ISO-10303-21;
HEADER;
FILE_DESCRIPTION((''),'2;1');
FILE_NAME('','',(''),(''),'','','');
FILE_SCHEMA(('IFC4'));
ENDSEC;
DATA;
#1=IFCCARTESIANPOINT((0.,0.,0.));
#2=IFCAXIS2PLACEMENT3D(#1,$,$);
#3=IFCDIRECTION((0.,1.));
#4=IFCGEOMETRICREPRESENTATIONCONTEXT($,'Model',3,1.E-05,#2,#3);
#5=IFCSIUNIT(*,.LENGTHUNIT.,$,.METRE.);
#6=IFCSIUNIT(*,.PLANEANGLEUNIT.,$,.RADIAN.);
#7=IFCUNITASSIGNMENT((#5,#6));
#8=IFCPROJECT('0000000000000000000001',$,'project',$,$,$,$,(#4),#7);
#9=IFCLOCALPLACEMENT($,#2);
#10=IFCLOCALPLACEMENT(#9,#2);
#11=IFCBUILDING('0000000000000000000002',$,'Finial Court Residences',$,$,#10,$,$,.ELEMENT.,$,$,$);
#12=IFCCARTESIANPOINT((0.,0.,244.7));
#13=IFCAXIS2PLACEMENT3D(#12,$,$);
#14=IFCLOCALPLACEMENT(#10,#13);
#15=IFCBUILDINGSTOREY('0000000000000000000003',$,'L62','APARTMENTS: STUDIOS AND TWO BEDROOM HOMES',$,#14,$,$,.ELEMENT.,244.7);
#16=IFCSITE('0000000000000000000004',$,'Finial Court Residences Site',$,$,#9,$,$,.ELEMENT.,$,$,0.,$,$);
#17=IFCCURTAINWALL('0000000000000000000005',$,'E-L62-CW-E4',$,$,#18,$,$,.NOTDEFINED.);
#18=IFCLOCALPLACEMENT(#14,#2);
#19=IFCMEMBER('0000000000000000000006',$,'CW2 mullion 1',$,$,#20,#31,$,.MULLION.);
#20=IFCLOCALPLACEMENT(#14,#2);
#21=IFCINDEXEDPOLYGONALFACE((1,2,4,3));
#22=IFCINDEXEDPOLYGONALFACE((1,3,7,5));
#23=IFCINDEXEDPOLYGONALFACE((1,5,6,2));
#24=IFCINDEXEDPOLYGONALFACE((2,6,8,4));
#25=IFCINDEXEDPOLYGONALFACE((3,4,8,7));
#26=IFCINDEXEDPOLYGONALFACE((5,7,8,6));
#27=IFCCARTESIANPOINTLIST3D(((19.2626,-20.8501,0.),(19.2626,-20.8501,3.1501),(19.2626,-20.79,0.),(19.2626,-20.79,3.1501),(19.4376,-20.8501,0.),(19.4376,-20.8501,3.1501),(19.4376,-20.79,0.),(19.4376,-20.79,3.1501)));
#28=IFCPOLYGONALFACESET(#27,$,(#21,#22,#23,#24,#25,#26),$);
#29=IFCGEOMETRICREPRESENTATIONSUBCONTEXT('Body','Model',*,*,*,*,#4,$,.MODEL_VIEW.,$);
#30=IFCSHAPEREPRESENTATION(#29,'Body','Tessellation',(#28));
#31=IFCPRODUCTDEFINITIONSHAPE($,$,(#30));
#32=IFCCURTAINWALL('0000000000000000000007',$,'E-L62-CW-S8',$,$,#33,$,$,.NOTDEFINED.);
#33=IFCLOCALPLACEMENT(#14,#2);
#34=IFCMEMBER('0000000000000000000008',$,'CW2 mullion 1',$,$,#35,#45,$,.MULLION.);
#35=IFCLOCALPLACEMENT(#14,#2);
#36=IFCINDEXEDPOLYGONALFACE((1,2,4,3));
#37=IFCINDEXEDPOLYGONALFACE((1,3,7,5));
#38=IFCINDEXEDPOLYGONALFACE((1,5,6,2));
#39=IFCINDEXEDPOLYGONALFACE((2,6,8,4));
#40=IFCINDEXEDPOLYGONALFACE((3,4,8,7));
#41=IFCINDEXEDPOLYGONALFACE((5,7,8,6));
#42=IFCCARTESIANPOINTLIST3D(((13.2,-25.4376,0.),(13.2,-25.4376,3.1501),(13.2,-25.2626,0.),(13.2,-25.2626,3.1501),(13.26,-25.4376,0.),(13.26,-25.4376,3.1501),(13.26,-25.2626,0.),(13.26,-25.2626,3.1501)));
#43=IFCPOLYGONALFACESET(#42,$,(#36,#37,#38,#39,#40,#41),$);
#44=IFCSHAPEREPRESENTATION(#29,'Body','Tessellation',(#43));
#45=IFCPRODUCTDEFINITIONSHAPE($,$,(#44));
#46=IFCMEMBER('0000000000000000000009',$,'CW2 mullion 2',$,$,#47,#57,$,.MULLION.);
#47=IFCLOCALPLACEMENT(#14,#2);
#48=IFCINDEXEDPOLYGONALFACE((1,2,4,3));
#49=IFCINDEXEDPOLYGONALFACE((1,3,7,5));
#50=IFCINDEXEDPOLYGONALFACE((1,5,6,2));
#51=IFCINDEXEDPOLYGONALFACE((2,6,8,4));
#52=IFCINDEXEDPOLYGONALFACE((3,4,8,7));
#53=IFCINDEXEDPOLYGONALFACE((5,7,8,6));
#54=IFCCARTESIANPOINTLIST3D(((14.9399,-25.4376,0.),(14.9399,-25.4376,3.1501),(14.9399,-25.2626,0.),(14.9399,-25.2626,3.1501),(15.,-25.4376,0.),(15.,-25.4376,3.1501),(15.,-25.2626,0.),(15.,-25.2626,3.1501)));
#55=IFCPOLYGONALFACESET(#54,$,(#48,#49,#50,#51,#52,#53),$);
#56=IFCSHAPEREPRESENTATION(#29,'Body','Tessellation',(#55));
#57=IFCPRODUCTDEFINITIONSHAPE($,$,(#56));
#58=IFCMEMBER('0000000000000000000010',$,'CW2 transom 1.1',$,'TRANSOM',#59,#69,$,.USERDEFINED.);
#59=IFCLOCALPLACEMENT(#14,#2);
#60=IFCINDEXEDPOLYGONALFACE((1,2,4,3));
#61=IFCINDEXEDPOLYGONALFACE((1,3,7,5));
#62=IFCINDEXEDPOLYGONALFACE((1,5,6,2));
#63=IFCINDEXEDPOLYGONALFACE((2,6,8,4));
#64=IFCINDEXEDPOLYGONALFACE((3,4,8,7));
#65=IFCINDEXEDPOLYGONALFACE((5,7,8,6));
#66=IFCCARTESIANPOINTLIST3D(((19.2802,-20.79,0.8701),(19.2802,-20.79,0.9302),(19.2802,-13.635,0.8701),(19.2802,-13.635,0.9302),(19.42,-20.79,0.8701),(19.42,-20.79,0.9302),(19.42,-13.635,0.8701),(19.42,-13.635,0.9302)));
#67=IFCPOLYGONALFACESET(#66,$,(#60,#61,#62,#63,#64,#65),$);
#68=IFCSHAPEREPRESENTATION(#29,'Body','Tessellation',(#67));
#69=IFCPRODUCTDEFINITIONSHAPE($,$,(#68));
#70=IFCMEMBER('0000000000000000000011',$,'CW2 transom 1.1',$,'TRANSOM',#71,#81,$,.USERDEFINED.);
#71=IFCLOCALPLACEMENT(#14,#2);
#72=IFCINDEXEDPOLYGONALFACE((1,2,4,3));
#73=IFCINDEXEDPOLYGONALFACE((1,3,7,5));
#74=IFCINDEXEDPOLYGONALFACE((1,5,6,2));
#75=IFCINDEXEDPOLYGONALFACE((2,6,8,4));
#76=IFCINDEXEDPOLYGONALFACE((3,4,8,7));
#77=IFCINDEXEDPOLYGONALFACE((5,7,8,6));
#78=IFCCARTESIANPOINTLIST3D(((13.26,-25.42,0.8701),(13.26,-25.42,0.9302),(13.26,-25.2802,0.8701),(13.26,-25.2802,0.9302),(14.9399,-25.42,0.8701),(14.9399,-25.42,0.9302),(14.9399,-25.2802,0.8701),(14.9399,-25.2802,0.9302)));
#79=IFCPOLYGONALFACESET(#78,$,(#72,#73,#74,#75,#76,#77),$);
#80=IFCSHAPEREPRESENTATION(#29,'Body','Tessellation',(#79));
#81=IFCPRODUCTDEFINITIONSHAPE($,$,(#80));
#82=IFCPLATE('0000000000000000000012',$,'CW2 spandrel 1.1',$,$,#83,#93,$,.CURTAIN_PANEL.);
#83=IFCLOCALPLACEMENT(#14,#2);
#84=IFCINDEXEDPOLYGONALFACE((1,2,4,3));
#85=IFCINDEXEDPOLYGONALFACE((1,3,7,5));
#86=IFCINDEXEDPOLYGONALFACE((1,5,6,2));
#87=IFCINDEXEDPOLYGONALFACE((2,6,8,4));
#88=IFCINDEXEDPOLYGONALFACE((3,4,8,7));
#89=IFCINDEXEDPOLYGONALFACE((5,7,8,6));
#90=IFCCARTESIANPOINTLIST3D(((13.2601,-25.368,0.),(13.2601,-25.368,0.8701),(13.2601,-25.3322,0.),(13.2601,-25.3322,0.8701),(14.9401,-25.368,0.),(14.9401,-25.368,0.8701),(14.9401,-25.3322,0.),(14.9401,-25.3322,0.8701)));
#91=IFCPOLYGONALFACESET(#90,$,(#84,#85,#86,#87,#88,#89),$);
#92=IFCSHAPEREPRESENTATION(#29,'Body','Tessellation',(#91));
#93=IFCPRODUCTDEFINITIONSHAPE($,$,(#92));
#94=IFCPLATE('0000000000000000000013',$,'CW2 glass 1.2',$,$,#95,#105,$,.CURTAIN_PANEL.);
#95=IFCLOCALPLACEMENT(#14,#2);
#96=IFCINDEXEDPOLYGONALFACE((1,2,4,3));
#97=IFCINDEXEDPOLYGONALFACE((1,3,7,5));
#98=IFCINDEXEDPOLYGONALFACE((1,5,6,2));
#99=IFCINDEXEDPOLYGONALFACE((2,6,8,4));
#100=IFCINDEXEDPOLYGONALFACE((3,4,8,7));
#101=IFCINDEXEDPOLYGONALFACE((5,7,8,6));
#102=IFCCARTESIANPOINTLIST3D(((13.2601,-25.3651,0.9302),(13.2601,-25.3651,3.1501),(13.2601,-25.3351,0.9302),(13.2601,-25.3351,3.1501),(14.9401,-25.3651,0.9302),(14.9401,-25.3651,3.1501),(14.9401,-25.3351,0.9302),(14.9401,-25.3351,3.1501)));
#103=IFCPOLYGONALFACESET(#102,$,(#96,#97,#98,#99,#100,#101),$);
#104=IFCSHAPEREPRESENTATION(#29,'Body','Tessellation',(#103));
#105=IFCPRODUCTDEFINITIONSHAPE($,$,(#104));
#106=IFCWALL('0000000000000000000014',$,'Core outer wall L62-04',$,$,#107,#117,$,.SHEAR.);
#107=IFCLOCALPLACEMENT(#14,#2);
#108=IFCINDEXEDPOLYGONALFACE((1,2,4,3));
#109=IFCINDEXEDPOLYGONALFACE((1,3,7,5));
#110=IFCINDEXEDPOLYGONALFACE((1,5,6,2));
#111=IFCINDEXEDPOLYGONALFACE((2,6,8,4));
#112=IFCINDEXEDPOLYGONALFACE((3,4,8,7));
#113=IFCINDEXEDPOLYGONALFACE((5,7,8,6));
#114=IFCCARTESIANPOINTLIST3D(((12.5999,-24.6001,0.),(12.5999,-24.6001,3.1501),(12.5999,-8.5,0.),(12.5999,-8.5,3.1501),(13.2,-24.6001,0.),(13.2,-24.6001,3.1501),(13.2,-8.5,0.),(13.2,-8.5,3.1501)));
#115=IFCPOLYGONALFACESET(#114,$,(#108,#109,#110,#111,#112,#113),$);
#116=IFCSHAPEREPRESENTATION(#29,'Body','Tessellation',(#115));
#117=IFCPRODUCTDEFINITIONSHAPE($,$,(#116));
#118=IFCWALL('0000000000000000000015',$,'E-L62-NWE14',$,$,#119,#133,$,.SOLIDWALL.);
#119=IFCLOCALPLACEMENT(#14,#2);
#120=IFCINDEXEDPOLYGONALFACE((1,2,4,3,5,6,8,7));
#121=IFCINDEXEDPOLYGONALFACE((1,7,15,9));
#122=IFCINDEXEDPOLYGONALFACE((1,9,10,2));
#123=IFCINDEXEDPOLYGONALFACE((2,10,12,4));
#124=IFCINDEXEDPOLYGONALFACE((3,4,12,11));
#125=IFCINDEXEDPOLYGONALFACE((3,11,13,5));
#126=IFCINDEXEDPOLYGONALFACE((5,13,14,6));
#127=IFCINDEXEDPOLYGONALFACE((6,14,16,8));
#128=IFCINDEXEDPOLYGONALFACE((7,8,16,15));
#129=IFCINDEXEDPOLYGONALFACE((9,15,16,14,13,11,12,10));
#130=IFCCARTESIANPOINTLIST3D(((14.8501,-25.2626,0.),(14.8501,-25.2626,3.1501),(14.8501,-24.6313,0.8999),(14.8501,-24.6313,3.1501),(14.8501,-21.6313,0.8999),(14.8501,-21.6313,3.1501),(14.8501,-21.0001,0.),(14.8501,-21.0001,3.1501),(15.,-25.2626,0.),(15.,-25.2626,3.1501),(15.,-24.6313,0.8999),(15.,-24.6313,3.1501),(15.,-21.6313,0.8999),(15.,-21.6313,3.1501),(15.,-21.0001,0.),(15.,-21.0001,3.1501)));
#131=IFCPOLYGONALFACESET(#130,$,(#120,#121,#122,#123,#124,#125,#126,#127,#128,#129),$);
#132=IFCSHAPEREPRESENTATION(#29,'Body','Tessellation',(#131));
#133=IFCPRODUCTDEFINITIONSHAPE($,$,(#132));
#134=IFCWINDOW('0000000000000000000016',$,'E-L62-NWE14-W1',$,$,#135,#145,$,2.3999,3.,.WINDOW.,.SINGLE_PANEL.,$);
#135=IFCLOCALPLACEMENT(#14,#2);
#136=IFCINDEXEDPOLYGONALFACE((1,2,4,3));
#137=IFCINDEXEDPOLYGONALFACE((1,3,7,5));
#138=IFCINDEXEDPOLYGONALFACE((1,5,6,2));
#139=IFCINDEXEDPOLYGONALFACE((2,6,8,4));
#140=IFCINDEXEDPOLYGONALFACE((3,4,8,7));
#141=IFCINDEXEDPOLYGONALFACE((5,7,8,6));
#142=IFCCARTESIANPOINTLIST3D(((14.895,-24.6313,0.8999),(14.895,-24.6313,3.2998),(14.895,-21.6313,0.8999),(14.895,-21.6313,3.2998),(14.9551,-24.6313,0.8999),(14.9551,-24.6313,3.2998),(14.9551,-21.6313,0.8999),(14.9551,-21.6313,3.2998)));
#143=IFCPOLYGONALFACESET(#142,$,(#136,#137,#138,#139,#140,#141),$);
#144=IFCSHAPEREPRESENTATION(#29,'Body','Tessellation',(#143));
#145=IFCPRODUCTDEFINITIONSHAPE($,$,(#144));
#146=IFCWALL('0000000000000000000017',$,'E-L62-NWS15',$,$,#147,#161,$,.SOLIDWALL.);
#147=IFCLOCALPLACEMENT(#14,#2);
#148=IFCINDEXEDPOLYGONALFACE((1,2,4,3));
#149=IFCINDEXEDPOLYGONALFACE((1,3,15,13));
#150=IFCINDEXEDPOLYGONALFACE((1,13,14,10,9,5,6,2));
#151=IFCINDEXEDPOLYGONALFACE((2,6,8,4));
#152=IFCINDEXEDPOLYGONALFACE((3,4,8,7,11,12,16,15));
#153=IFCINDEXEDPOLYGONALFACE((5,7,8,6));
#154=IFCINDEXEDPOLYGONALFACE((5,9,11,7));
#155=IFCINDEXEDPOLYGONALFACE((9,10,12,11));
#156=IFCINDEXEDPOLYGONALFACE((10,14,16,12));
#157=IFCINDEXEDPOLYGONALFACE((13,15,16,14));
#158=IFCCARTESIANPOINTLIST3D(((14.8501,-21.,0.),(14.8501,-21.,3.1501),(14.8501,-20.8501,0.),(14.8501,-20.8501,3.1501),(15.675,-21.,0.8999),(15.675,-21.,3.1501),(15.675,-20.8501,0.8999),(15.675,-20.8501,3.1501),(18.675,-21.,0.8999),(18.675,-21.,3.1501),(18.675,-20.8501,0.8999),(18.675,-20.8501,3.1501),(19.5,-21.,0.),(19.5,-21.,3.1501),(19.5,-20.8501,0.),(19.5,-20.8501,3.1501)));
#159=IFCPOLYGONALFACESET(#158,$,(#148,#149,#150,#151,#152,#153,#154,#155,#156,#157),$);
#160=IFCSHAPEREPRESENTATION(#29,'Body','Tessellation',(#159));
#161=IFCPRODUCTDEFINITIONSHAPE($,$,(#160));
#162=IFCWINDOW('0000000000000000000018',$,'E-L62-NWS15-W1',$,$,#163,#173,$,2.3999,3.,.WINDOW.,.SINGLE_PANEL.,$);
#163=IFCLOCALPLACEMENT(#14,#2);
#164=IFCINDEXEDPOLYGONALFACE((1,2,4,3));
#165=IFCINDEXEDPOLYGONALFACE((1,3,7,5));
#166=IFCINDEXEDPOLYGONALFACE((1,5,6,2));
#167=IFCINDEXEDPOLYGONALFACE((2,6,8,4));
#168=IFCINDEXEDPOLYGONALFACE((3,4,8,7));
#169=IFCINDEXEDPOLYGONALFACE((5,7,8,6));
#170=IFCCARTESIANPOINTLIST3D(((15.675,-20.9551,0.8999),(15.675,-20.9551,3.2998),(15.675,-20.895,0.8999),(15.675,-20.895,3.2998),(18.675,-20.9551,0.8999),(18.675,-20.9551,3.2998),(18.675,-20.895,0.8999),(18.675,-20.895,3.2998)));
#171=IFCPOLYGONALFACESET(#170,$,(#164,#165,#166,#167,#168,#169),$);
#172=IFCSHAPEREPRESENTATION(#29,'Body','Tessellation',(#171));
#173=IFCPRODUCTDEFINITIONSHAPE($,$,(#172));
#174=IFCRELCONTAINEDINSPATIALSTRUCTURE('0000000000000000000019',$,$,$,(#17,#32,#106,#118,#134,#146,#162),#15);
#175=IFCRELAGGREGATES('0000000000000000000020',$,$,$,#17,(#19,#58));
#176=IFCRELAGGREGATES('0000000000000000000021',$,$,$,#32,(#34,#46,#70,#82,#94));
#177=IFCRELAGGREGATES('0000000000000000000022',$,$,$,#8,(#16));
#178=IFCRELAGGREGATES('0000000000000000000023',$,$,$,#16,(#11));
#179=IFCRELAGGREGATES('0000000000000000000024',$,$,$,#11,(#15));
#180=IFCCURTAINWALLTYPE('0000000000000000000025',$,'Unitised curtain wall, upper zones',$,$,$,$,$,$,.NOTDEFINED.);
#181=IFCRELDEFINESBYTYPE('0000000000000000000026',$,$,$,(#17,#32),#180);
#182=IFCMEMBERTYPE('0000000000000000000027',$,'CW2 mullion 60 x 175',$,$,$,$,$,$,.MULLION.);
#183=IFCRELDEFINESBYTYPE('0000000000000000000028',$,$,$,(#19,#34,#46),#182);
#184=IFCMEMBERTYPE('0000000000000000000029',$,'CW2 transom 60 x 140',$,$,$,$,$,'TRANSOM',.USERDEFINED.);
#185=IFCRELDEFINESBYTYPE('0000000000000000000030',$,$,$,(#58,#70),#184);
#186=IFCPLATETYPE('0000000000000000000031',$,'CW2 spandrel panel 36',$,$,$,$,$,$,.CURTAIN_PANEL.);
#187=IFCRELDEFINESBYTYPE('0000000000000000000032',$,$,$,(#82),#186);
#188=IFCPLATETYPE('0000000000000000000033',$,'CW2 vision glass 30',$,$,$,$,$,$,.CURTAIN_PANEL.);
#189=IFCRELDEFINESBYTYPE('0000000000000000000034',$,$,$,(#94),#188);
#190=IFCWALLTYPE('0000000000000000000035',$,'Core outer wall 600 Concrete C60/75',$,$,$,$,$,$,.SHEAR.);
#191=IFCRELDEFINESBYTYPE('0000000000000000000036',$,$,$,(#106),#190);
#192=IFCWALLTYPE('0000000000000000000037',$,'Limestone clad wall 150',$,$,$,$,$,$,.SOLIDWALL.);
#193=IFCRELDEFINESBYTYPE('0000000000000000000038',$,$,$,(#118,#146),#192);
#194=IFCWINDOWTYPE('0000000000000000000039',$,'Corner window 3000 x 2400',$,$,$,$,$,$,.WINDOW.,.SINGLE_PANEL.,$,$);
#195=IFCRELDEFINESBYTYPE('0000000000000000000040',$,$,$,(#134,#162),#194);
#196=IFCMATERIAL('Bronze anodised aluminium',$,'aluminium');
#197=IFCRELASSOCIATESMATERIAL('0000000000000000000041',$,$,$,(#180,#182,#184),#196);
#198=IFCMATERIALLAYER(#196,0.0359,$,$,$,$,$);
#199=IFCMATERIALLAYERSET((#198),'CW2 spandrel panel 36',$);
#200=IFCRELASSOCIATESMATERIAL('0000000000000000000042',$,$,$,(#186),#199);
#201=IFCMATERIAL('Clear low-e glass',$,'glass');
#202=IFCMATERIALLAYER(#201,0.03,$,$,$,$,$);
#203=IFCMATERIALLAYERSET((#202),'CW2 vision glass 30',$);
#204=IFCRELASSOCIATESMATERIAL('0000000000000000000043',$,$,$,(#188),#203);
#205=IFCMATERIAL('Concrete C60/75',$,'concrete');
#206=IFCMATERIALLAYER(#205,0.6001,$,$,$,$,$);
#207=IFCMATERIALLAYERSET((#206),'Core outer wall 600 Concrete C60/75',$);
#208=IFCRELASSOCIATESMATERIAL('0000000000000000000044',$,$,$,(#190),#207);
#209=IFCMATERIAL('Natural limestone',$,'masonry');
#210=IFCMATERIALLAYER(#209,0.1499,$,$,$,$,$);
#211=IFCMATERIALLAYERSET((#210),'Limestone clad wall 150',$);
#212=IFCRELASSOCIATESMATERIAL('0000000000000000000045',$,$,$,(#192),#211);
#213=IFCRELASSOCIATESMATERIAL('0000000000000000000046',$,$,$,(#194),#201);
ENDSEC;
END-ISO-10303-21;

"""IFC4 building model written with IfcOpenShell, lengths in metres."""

from ifc_helpers import new_model, si_unit, direction, frame, frame_2d, origin, origin_2d, place, context, subcontext, project, spatial, rectangle, extrude, material, layer, layer_set, material_profile, profile_set, type_object, element, fill, aggregate, save


model = new_model("IFC4")

# Units and contexts
model_context = context("Model", 3, precision=1e-05, world=origin(), true_north=direction((0.0, 1.0)))
body_context = subcontext(model_context, "Body", "Model", "MODEL_VIEW")
ifc_project = project(units=[si_unit("LENGTHUNIT", "METRE"), si_unit("PLANEANGLEUNIT", "RADIAN")], contexts=[model_context])

# Site, building, storey
site_placement = place(None, origin())
site = spatial("IfcSite", under=ifc_project, at=site_placement, Name="Finial Court Residences Site", CompositionType="ELEMENT", RefElevation=0.0)
building_placement = place(site_placement, origin())
building = spatial("IfcBuilding", under=site, at=building_placement, Name="Finial Court Residences", CompositionType="ELEMENT")
storey_placement = place(building_placement, frame((0.0, 0.0, 244.7)))
storey = spatial("IfcBuildingStorey", under=building, at=storey_placement, Name="L62", Description="APARTMENTS: STUDIOS AND TWO BEDROOM HOMES", CompositionType="ELEMENT", Elevation=244.7)

# Curtain wall, member
ifc_material_1 = material(Name="Bronze anodised aluminium", Category="aluminium")
curtain_wall_type = type_object("IfcCurtainWallType", Name="Unitised curtain wall, upper zones", PredefinedType="NOTDEFINED", material=ifc_material_1)
curtain_wall_1_placement = place(storey_placement, origin())
curtain_wall_1 = element("IfcCurtainWall", 1, at=curtain_wall_1_placement, inside=storey, type_object=curtain_wall_type, Name="E-L62-CW-E4", PredefinedType="NOTDEFINED")
ifc_material_profile_1 = material_profile(ifc_material_1, rectangle(XDim=0.175, YDim=0.0601, at=origin_2d()), Name="CW2 mullion 60 x 175")
ifc_profile_set_1 = profile_set([ifc_material_profile_1], Name="Bronze anodised aluminium")
member_type_1 = type_object("IfcMemberType", Name="CW2 mullion 60 x 175", PredefinedType="MULLION", material=ifc_profile_set_1)
member_1_placement = place(storey_placement, frame((19.3501, -20.8201, 0.0), z_axis=(0.0, 0.0, 1.0), x_axis=(-1.0, 0.0, 0.0)))
member_1 = element("IfcMember", 2, at=member_1_placement, type_object=member_type_1, Name="CW2 mullion 1", PredefinedType="MULLION", context=body_context, shape_type="SweptSolid", body=[
    extrude(rectangle(XDim=0.175, YDim=0.0601, at=origin_2d()), origin(), (0.0, 0.0, 1.0), 3.1501),
])

# Curtain wall, members
curtain_wall_2_placement = place(storey_placement, origin())
curtain_wall_2 = element("IfcCurtainWall", 3, at=curtain_wall_2_placement, inside=storey, type_object=curtain_wall_type, Name="E-L62-CW-S8", PredefinedType="NOTDEFINED")
member_2_placement = place(storey_placement, frame((13.23, -25.3501, 0.0), z_axis=(0.0, 0.0, 1.0), x_axis=(0.0, 1.0, 0.0)))
member_2 = element("IfcMember", 4, at=member_2_placement, type_object=member_type_1, Name="CW2 mullion 1", PredefinedType="MULLION", context=body_context, shape_type="SweptSolid", body=[
    extrude(rectangle(XDim=0.175, YDim=0.0601, at=origin_2d()), origin(), (0.0, 0.0, 1.0), 3.1501),
])
member_3_placement = place(storey_placement, frame((14.97, -25.3501, 0.0), z_axis=(0.0, 0.0, 1.0), x_axis=(0.0, 1.0, 0.0)))
member_3 = element("IfcMember", 5, at=member_3_placement, type_object=member_type_1, Name="CW2 mullion 2", PredefinedType="MULLION", context=body_context, shape_type="SweptSolid", body=[
    extrude(rectangle(XDim=0.175, YDim=0.0601, at=origin_2d()), origin(), (0.0, 0.0, 1.0), 3.1501),
])

# Members
ifc_material_profile_2 = material_profile(ifc_material_1, rectangle(XDim=0.1399, YDim=0.0601, at=origin_2d()), Name="CW2 transom 60 x 140")
ifc_profile_set_2 = profile_set([ifc_material_profile_2], Name="Bronze anodised aluminium")
member_type_2 = type_object("IfcMemberType", Name="CW2 transom 60 x 140", ElementType="TRANSOM", PredefinedType="USERDEFINED", material=ifc_profile_set_2)
member_4_placement = place(storey_placement, frame((19.3501, -20.79, 0.9001), z_axis=(0.0, 1.0, 0.0), x_axis=(-1.0, 0.0, 0.0)))
member_4 = element("IfcMember", 6, at=member_4_placement, type_object=member_type_2, Name="CW2 transom 1.1", ObjectType="TRANSOM", PredefinedType="USERDEFINED", context=body_context, shape_type="SweptSolid", body=[
    extrude(rectangle(XDim=0.1399, YDim=0.0601, at=origin_2d()), origin(), (0.0, 0.0, 1.0), 7.155),
])
aggregate(curtain_wall_1, [member_1, member_4])
member_5_placement = place(storey_placement, frame((13.26, -25.3501, 0.9001), z_axis=(1.0, 0.0, 0.0), x_axis=(0.0, 1.0, 0.0)))
member_5 = element("IfcMember", 7, at=member_5_placement, type_object=member_type_2, Name="CW2 transom 1.1", ObjectType="TRANSOM", PredefinedType="USERDEFINED", context=body_context, shape_type="SweptSolid", body=[
    extrude(rectangle(XDim=0.1399, YDim=0.0601, at=origin_2d()), origin(), (0.0, 0.0, 1.0), 1.6799),
])

# Plates
ifc_layer_1 = layer(ifc_material_1, 0.0359)
ifc_layer_set_1 = layer_set([ifc_layer_1], Name="CW2 spandrel panel 36")
plate_type_1 = type_object("IfcPlateType", Name="CW2 spandrel panel 36", PredefinedType="CURTAIN_PANEL", material=ifc_layer_set_1)
plate_1_placement = place(storey_placement, frame((14.1001, -25.3501, 0.0), z_axis=(0.0, 0.0, 1.0), x_axis=(1.0, 0.0, 0.0)))
plate_1 = element("IfcPlate", 8, at=plate_1_placement, type_object=plate_type_1, Name="CW2 spandrel 1.1", PredefinedType="CURTAIN_PANEL", context=body_context, shape_type="SweptSolid", body=[
    extrude(rectangle(XDim=1.6799, YDim=0.0359, at=origin_2d()), origin(), (0.0, 0.0, 1.0), 0.8701),
])
ifc_material_2 = material(Name="Clear low-e glass", Category="glass")
ifc_layer_2 = layer(ifc_material_2, 0.03)
ifc_layer_set_2 = layer_set([ifc_layer_2], Name="CW2 vision glass 30")
plate_type_2 = type_object("IfcPlateType", Name="CW2 vision glass 30", PredefinedType="CURTAIN_PANEL", material=ifc_layer_set_2)
plate_2_placement = place(storey_placement, frame((14.1001, -25.3501, 0.9302), z_axis=(0.0, 0.0, 1.0), x_axis=(1.0, 0.0, 0.0)))
plate_2 = element("IfcPlate", 9, at=plate_2_placement, type_object=plate_type_2, Name="CW2 glass 1.2", PredefinedType="CURTAIN_PANEL", context=body_context, shape_type="SweptSolid", body=[
    extrude(rectangle(XDim=1.6799, YDim=0.03, at=origin_2d()), origin(), (0.0, 0.0, 1.0), 2.22),
])
aggregate(curtain_wall_2, [member_2, member_3, member_5, plate_1, plate_2])

# Wall
ifc_material_3 = material(Name="Concrete C60/75", Category="concrete")
ifc_layer_3 = layer(ifc_material_3, 0.6001)
ifc_layer_set_3 = layer_set([ifc_layer_3], Name="Core outer wall 600 Concrete C60/75")
wall_type_1 = type_object("IfcWallType", Name="Core outer wall 600 Concrete C60/75", PredefinedType="SHEAR", material=ifc_layer_set_3)
wall_1_placement = place(storey_placement, frame((12.8999, -24.6001, 0.0), z_axis=(0.0, 0.0, 1.0), x_axis=(0.0, 1.0, 0.0)))
element("IfcWall", 10, at=wall_1_placement, inside=storey, type_object=wall_type_1, Name="Core outer wall L62-04", PredefinedType="SHEAR", context=body_context, shape_type="SweptSolid", body=[
    extrude(rectangle(XDim=16.1001, YDim=0.6001, at=frame_2d((8.05, 0.0))), origin(), (0.0, 0.0, 1.0), 3.1501),
])

# Walls, openings, windows
ifc_material_4 = material(Name="Natural limestone", Category="masonry")
ifc_layer_4 = layer(ifc_material_4, 0.1499)
ifc_layer_set_4 = layer_set([ifc_layer_4], Name="Limestone clad wall 150")
wall_type_2 = type_object("IfcWallType", Name="Limestone clad wall 150", PredefinedType="SOLIDWALL", material=ifc_layer_set_4)
wall_2_placement = place(storey_placement, frame((14.925, -21.0, 0.0), z_axis=(0.0, 0.0, 1.0), x_axis=(0.0, -1.0, 0.0)))
wall_2 = element("IfcWall", 11, at=wall_2_placement, inside=storey, type_object=wall_type_2, Name="E-L62-NWE14", PredefinedType="SOLIDWALL", context=body_context, shape_type="SweptSolid", body=[
    extrude(rectangle(XDim=4.2625, YDim=0.1499, at=frame_2d((2.1313, 0.0))), origin(), (0.0, 0.0, 1.0), 3.1501),
])
opening_1_placement = place(wall_2_placement, frame((0.6313, 0.0, 0.8999)))
opening_1 = element("IfcOpeningElement", 12, at=opening_1_placement, cuts=wall_2, PredefinedType="OPENING", context=body_context, shape_type="SweptSolid", body=[
    extrude(rectangle(XDim=3.0, YDim=2.3999, at=frame_2d((1.5, 1.2))), frame((0.0, 0.085, 0.0), z_axis=(0.0, -1.0, 0.0), x_axis=(1.0, 0.0, 0.0)), (0.0, 0.0, 1.0), 0.1699),
])
window_type = type_object("IfcWindowType", Name="Corner window 3000 x 2400", PartitioningType="SINGLE_PANEL", PredefinedType="WINDOW", material=ifc_material_2)
window_1_placement = place(opening_1_placement, origin())
window_1 = element("IfcWindow", 13, at=window_1_placement, inside=storey, type_object=window_type, Name="E-L62-NWE14-W1", OverallHeight=2.3999, OverallWidth=3.0, PartitioningType="SINGLE_PANEL", PredefinedType="WINDOW", context=body_context, shape_type="SweptSolid", body=[
    extrude(rectangle(XDim=3.0, YDim=2.3999, at=frame_2d((1.5, 1.2))), frame((0.0, 0.03, 0.0), z_axis=(0.0, -1.0, 0.0), x_axis=(1.0, 0.0, 0.0)), (0.0, 0.0, 1.0), 0.0601),
])
fill(opening_1, window_1)
wall_3_placement = place(storey_placement, frame((19.5, -20.925, 0.0), z_axis=(0.0, 0.0, 1.0), x_axis=(-1.0, 0.0, 0.0)))
wall_3 = element("IfcWall", 14, at=wall_3_placement, inside=storey, type_object=wall_type_2, Name="E-L62-NWS15", PredefinedType="SOLIDWALL", context=body_context, shape_type="SweptSolid", body=[
    extrude(rectangle(XDim=4.6499, YDim=0.1499, at=frame_2d((2.325, 0.0))), origin(), (0.0, 0.0, 1.0), 3.1501),
])
opening_2_placement = place(wall_3_placement, frame((0.825, 0.0, 0.8999)))
opening_2 = element("IfcOpeningElement", 15, at=opening_2_placement, cuts=wall_3, PredefinedType="OPENING", context=body_context, shape_type="SweptSolid", body=[
    extrude(rectangle(XDim=3.0, YDim=2.3999, at=frame_2d((1.5, 1.2))), frame((0.0, 0.085, 0.0), z_axis=(0.0, -1.0, 0.0), x_axis=(1.0, 0.0, 0.0)), (0.0, 0.0, 1.0), 0.1699),
])
window_2_placement = place(opening_2_placement, origin())
window_2 = element("IfcWindow", 16, at=window_2_placement, inside=storey, type_object=window_type, Name="E-L62-NWS15-W1", OverallHeight=2.3999, OverallWidth=3.0, PartitioningType="SINGLE_PANEL", PredefinedType="WINDOW", context=body_context, shape_type="SweptSolid", body=[
    extrude(rectangle(XDim=3.0, YDim=2.3999, at=frame_2d((1.5, 1.2))), frame((0.0, 0.03, 0.0), z_axis=(0.0, -1.0, 0.0), x_axis=(1.0, 0.0, 0.0)), (0.0, 0.0, 1.0), 0.0601),
])
fill(opening_2, window_2)

save(model, "model.ifc")
